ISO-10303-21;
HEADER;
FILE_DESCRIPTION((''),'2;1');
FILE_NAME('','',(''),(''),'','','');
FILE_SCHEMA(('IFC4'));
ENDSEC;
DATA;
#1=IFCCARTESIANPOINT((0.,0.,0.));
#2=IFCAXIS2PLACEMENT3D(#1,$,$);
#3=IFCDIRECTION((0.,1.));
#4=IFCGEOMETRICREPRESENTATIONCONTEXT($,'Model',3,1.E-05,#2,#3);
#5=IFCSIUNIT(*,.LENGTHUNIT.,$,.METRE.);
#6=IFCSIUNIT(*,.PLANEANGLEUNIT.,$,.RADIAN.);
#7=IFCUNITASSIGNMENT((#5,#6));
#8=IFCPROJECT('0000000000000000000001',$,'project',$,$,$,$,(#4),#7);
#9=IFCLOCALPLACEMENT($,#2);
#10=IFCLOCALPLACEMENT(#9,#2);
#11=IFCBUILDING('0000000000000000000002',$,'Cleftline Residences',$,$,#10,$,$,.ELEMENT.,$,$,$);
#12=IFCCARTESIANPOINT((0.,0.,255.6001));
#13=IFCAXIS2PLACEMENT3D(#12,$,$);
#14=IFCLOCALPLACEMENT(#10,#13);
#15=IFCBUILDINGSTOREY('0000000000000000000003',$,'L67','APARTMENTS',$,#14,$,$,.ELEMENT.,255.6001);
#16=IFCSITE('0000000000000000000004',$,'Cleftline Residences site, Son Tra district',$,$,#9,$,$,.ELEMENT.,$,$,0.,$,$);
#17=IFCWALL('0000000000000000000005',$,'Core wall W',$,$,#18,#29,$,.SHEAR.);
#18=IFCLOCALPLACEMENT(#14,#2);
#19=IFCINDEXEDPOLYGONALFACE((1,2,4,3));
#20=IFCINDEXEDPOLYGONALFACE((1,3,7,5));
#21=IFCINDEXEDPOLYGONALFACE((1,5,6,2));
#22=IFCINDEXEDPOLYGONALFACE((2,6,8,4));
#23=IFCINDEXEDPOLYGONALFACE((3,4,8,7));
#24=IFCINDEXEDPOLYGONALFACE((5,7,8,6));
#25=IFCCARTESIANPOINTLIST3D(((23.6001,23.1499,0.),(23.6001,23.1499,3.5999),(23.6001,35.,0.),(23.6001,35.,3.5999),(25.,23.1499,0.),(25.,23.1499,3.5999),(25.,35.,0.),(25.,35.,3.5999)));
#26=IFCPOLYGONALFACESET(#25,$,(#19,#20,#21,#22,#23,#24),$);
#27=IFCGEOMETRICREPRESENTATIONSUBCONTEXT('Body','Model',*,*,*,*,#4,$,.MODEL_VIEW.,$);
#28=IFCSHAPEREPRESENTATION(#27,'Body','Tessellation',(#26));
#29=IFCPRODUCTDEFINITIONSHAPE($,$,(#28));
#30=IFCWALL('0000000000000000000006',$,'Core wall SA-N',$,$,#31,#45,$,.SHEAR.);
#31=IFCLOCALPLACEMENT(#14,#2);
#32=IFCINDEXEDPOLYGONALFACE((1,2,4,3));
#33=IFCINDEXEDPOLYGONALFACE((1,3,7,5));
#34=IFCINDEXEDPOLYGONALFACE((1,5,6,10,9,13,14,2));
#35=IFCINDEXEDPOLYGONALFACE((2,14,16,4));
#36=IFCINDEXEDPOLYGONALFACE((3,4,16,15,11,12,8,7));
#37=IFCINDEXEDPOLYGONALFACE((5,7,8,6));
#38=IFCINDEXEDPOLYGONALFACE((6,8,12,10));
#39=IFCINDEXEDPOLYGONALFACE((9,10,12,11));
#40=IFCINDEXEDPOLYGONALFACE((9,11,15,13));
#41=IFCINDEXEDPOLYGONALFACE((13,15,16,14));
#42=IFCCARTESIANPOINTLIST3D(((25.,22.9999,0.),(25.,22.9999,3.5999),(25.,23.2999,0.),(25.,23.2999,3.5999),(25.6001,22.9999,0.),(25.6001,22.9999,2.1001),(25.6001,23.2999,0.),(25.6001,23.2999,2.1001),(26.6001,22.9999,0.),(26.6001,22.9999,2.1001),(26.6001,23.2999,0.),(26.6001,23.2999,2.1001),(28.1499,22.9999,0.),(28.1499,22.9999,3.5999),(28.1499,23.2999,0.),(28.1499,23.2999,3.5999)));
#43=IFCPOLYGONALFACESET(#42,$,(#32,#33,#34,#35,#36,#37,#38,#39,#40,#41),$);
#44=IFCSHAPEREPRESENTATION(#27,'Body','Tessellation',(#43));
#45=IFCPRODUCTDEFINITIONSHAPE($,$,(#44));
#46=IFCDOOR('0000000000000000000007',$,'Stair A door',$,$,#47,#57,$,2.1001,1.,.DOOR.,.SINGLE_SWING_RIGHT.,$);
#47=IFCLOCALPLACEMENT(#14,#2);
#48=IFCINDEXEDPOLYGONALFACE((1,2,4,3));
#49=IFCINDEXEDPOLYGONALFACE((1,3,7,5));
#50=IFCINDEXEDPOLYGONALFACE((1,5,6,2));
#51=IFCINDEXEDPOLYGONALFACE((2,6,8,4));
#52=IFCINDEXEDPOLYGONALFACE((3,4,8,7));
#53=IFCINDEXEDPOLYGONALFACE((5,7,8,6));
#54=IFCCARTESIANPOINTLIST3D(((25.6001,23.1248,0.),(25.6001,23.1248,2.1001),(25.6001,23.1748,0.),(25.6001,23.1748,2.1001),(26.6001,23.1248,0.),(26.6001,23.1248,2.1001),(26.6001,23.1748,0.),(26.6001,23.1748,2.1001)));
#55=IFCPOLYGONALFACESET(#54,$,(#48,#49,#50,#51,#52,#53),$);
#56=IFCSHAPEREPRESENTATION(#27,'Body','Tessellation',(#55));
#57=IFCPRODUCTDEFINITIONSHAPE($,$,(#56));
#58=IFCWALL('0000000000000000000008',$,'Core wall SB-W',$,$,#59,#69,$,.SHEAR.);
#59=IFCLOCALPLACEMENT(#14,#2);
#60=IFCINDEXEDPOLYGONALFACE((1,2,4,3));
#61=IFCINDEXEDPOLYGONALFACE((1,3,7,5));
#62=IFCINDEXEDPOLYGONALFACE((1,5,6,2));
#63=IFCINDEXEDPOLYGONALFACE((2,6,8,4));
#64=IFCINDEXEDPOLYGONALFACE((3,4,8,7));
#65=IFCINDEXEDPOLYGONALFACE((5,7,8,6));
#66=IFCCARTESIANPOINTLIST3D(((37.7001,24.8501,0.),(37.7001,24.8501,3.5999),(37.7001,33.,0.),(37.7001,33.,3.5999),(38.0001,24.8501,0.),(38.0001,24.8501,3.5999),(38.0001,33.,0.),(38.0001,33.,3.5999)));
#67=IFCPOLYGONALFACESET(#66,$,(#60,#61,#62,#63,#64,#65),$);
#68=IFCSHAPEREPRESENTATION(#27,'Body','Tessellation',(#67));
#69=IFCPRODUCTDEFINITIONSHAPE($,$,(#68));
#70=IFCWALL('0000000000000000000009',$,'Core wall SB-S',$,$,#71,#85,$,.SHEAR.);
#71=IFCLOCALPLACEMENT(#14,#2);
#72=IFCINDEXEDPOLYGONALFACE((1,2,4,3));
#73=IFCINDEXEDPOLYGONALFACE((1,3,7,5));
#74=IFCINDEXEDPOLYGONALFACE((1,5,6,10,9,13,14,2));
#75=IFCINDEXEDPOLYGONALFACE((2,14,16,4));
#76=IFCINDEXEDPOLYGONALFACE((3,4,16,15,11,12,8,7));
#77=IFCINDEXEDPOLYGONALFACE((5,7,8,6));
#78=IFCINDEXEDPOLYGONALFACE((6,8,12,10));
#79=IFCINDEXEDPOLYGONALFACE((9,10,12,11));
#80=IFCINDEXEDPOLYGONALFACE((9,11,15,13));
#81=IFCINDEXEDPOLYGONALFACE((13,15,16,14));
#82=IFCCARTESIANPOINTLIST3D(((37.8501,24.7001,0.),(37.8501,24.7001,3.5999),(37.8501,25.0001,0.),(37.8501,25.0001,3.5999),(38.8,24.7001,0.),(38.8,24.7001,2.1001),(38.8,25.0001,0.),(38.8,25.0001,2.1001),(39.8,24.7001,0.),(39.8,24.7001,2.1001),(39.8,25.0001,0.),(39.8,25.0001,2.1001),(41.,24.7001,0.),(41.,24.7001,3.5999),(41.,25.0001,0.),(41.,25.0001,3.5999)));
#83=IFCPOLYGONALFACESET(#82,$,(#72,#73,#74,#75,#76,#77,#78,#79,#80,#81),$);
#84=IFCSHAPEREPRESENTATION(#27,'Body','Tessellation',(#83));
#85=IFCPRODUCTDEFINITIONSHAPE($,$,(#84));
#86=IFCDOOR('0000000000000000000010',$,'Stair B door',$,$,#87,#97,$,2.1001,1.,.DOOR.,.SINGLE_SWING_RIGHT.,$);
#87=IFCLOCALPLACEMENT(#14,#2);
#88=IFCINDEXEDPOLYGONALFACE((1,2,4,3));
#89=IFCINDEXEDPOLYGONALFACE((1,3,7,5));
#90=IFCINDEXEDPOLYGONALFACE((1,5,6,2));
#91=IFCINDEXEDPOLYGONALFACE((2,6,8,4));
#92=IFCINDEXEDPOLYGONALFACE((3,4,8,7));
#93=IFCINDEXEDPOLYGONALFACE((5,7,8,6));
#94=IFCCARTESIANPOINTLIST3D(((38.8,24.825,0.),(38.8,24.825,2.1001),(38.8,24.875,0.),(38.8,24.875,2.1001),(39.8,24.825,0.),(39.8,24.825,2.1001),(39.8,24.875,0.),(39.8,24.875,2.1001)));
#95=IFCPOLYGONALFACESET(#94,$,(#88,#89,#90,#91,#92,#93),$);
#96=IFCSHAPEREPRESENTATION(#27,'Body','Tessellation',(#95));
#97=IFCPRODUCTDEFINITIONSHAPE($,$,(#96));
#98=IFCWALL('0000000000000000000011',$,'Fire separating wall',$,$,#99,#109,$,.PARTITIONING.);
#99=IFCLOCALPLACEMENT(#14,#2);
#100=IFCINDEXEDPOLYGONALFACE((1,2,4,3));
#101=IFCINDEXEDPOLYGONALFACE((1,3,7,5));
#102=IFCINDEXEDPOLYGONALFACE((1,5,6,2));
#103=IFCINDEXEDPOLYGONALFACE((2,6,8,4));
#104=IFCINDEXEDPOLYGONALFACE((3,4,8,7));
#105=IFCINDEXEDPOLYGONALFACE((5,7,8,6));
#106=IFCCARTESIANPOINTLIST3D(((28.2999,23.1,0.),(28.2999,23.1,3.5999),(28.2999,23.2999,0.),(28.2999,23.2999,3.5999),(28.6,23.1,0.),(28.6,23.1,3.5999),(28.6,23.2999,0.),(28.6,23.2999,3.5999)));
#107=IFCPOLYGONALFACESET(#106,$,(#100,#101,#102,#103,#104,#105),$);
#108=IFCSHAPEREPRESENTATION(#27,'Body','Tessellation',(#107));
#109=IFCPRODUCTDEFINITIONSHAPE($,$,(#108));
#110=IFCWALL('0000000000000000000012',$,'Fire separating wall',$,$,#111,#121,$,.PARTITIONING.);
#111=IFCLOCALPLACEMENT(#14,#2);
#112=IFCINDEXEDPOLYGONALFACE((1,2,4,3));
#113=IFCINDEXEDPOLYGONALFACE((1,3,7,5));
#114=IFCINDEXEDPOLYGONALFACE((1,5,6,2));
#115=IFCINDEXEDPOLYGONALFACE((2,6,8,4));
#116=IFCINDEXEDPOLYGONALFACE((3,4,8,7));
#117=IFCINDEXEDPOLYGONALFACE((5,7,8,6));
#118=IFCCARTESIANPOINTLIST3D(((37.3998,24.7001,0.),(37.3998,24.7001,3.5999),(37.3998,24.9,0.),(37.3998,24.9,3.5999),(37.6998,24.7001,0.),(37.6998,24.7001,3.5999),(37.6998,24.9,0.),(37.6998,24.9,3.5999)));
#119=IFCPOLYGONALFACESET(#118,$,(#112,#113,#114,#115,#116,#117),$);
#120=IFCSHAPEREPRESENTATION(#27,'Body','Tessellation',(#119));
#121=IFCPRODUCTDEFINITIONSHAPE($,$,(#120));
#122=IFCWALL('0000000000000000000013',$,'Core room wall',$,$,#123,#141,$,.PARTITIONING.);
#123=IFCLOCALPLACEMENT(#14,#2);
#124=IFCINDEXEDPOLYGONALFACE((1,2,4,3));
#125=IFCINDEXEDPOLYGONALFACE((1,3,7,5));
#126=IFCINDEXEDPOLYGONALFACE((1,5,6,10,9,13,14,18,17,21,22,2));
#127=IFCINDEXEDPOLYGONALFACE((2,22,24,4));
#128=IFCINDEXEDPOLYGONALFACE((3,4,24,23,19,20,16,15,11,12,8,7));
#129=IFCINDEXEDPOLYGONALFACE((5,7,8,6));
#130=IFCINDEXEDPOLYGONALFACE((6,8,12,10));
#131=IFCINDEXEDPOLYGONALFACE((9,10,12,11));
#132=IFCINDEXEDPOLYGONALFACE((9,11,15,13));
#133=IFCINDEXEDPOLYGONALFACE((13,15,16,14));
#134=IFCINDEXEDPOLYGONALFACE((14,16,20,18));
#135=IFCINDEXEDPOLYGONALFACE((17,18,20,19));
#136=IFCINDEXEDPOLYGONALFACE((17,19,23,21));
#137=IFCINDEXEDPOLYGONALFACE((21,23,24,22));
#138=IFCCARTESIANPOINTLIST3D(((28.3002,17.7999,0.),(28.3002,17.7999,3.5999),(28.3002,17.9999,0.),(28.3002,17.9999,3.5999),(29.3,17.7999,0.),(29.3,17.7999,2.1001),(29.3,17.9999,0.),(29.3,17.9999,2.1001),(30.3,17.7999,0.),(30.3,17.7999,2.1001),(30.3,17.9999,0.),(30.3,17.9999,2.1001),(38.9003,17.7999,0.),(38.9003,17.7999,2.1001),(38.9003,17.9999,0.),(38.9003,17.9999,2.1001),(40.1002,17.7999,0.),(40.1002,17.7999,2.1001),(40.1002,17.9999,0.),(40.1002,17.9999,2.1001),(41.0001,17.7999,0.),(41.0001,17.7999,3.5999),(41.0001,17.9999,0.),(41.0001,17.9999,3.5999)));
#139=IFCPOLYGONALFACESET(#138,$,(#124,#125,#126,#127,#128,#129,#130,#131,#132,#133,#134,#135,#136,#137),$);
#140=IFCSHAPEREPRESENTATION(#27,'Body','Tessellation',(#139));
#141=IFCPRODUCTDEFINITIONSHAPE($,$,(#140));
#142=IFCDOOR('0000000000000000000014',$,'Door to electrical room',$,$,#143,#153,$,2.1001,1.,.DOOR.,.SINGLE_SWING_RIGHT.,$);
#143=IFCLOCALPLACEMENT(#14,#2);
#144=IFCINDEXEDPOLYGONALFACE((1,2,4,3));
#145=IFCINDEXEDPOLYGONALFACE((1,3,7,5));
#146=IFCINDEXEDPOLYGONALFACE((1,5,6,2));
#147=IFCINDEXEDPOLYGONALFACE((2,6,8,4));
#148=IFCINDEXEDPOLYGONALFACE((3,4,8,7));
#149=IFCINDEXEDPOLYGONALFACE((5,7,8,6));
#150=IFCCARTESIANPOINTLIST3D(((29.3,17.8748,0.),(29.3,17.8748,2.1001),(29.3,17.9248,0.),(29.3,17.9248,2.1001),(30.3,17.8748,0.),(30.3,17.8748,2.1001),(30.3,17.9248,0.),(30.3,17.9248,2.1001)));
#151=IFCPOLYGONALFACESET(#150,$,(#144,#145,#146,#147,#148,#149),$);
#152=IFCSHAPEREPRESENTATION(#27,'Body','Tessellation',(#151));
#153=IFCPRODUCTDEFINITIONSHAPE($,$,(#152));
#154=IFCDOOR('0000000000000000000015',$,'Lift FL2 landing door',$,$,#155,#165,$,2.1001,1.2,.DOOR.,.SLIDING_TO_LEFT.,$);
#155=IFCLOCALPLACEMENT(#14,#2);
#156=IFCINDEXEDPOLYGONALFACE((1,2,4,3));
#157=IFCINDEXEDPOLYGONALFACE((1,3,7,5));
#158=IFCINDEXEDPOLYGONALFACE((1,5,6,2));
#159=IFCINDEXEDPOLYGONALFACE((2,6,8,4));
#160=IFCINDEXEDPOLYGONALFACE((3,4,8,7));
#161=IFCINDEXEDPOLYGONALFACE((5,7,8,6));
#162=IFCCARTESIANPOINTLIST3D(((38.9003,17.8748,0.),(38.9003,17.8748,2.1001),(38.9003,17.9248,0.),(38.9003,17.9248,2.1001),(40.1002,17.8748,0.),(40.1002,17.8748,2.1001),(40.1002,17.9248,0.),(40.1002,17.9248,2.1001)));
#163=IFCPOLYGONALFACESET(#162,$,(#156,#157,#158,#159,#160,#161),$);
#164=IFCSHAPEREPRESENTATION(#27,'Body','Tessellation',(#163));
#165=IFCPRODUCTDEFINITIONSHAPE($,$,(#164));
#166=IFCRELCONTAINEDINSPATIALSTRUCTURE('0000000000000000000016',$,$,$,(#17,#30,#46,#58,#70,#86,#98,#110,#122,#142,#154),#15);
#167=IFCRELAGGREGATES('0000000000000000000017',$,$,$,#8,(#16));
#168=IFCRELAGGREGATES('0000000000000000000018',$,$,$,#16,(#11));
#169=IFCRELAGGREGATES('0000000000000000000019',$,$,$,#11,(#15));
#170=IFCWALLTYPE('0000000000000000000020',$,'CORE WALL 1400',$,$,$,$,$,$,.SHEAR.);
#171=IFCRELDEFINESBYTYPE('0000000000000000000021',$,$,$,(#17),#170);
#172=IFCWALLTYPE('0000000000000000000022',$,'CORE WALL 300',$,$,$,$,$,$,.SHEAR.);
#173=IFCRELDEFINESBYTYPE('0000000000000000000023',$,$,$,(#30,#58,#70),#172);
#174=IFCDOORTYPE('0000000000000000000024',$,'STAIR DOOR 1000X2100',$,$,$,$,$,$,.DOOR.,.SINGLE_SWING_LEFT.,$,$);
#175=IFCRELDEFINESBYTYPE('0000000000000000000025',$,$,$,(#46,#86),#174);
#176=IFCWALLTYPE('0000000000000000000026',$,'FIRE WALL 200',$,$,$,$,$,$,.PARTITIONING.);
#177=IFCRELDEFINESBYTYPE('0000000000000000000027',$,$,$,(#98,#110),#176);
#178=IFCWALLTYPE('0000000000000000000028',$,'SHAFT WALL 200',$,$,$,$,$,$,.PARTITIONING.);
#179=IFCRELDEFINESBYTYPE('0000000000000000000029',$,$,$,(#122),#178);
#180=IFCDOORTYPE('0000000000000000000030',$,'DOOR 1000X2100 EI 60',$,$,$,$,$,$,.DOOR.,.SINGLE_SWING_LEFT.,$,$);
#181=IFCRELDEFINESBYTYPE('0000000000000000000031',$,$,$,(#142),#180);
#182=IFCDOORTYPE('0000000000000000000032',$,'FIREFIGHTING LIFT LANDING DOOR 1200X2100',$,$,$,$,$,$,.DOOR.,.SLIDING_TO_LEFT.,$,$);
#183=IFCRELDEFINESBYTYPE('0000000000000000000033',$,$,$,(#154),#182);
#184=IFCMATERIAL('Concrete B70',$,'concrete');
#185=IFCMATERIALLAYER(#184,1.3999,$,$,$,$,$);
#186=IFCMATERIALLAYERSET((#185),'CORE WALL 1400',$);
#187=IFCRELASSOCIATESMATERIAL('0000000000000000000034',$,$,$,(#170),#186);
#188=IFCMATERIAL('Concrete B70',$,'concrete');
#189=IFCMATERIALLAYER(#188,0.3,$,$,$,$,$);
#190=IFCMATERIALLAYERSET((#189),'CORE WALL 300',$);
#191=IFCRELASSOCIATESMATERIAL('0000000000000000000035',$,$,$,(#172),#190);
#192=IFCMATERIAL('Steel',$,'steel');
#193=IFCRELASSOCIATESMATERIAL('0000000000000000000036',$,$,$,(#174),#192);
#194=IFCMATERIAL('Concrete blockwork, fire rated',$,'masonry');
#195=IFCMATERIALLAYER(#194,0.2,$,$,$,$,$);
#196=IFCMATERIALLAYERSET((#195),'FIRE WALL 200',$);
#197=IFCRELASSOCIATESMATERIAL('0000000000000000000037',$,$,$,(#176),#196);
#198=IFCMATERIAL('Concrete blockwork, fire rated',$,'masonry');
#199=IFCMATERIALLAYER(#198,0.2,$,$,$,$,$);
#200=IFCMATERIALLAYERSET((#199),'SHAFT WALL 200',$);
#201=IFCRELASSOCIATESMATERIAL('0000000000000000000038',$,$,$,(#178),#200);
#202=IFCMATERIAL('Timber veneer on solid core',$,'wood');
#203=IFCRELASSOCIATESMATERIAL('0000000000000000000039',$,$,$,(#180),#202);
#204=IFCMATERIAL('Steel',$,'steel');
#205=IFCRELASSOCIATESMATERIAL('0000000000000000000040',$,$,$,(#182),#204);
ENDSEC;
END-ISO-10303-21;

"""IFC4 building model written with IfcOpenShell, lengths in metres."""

from ifc_helpers import new_model, si_unit, direction, frame, frame_2d, origin, place, context, subcontext, project, spatial, rectangle, extrude, material, layer, layer_set, type_object, element, fill, save


model = new_model("IFC4")

# Units and contexts
model_context = context("Model", 3, precision=1e-05, world=origin(), true_north=direction((0.0, 1.0)))
body_context = subcontext(model_context, "Body", "Model", "MODEL_VIEW")
ifc_project = project(units=[si_unit("LENGTHUNIT", "METRE"), si_unit("PLANEANGLEUNIT", "RADIAN")], contexts=[model_context])

# Site, building, storey
site_placement = place(None, origin())
site = spatial("IfcSite", under=ifc_project, at=site_placement, Name="Cleftline Residences site, Son Tra district", CompositionType="ELEMENT", RefElevation=0.0)
building_placement = place(site_placement, origin())
building = spatial("IfcBuilding", under=site, at=building_placement, Name="Cleftline Residences", CompositionType="ELEMENT")
storey_placement = place(building_placement, frame((0.0, 0.0, 255.6001)))
storey = spatial("IfcBuildingStorey", under=building, at=storey_placement, Name="L67", Description="APARTMENTS", CompositionType="ELEMENT", Elevation=255.6001)

# Wall
ifc_material_1 = material(Name="Concrete B70", Category="concrete")
ifc_layer_1 = layer(ifc_material_1, 1.3999)
ifc_layer_set_1 = layer_set([ifc_layer_1], Name="CORE WALL 1400")
wall_type_1 = type_object("IfcWallType", Name="CORE WALL 1400", PredefinedType="SHEAR", material=ifc_layer_set_1)
wall_1_placement = place(storey_placement, frame((24.3, 23.1499, 0.0), z_axis=(0.0, 0.0, 1.0), x_axis=(0.0, 1.0, 0.0)))
element("IfcWall", 1, at=wall_1_placement, inside=storey, type_object=wall_type_1, Name="Core wall W", PredefinedType="SHEAR", context=body_context, shape_type="SweptSolid", body=[
    extrude(rectangle(XDim=11.8501, YDim=1.3999, at=frame_2d((5.925, 0.0))), origin(), (0.0, 0.0, 1.0), 3.5999),
])

# Wall, opening, door
ifc_material_2 = material(Name="Concrete B70", Category="concrete")
ifc_layer_2 = layer(ifc_material_2, 0.3)
ifc_layer_set_2 = layer_set([ifc_layer_2], Name="CORE WALL 300")
wall_type_2 = type_object("IfcWallType", Name="CORE WALL 300", PredefinedType="SHEAR", material=ifc_layer_set_2)
wall_2_placement = place(storey_placement, frame((25.0, 23.1499, 0.0), z_axis=(0.0, 0.0, 1.0), x_axis=(1.0, 0.0, 0.0)))
wall_2 = element("IfcWall", 2, at=wall_2_placement, inside=storey, type_object=wall_type_2, Name="Core wall SA-N", PredefinedType="SHEAR", context=body_context, shape_type="SweptSolid", body=[
    extrude(rectangle(XDim=3.1499, YDim=0.3, at=frame_2d((1.575, 0.0))), origin(), (0.0, 0.0, 1.0), 3.5999),
])
opening_1_placement = place(wall_2_placement, frame((0.6001, 0.0, 0.0)))
opening_1 = element("IfcOpeningElement", 3, at=opening_1_placement, cuts=wall_2, PredefinedType="OPENING", context=body_context, shape_type="SweptSolid", body=[
    extrude(rectangle(XDim=1.0, YDim=2.1001, at=frame_2d((0.5, 1.05))), frame((0.0, 0.1599, 0.0), z_axis=(0.0, -1.0, 0.0), x_axis=(1.0, 0.0, 0.0)), (0.0, 0.0, 1.0), 0.3201),
])
ifc_material_3 = material(Name="Steel", Category="steel")
door_type_1 = type_object("IfcDoorType", Name="STAIR DOOR 1000X2100", OperationType="SINGLE_SWING_LEFT", PredefinedType="DOOR", material=ifc_material_3)
door_1_placement = place(opening_1_placement, origin())
door_1 = element("IfcDoor", 4, at=door_1_placement, inside=storey, type_object=door_type_1, Name="Stair A door", OperationType="SINGLE_SWING_RIGHT", OverallHeight=2.1001, OverallWidth=1.0, PredefinedType="DOOR", context=body_context, shape_type="SweptSolid", body=[
    extrude(rectangle(XDim=1.0, YDim=2.1001, at=frame_2d((0.5, 1.05))), frame((0.0, 0.0249, 0.0), z_axis=(0.0, -1.0, 0.0), x_axis=(1.0, 0.0, 0.0)), (0.0, 0.0, 1.0), 0.05),
])
fill(opening_1, door_1)

# Wall
wall_3_placement = place(storey_placement, frame((37.8501, 24.8501, 0.0), z_axis=(0.0, 0.0, 1.0), x_axis=(0.0, 1.0, 0.0)))
element("IfcWall", 5, at=wall_3_placement, inside=storey, type_object=wall_type_2, Name="Core wall SB-W", PredefinedType="SHEAR", context=body_context, shape_type="SweptSolid", body=[
    extrude(rectangle(XDim=8.1499, YDim=0.3, at=frame_2d((4.075, 0.0))), origin(), (0.0, 0.0, 1.0), 3.5999),
])

# Wall, opening, door
wall_4_placement = place(storey_placement, frame((37.8501, 24.8501, 0.0), z_axis=(0.0, 0.0, 1.0), x_axis=(1.0, 0.0, 0.0)))
wall_4 = element("IfcWall", 6, at=wall_4_placement, inside=storey, type_object=wall_type_2, Name="Core wall SB-S", PredefinedType="SHEAR", context=body_context, shape_type="SweptSolid", body=[
    extrude(rectangle(XDim=3.1499, YDim=0.3, at=frame_2d((1.575, 0.0))), origin(), (0.0, 0.0, 1.0), 3.5999),
])
opening_2_placement = place(wall_4_placement, frame((0.95, 0.0, 0.0)))
opening_2 = element("IfcOpeningElement", 7, at=opening_2_placement, cuts=wall_4, PredefinedType="OPENING", context=body_context, shape_type="SweptSolid", body=[
    extrude(rectangle(XDim=1.0, YDim=2.1001, at=frame_2d((0.5, 1.05))), frame((0.0, 0.1599, 0.0), z_axis=(0.0, -1.0, 0.0), x_axis=(1.0, 0.0, 0.0)), (0.0, 0.0, 1.0), 0.3201),
])
door_2_placement = place(opening_2_placement, origin())
door_2 = element("IfcDoor", 8, at=door_2_placement, inside=storey, type_object=door_type_1, Name="Stair B door", OperationType="SINGLE_SWING_RIGHT", OverallHeight=2.1001, OverallWidth=1.0, PredefinedType="DOOR", context=body_context, shape_type="SweptSolid", body=[
    extrude(rectangle(XDim=1.0, YDim=2.1001, at=frame_2d((0.5, 1.05))), frame((0.0, 0.0249, 0.0), z_axis=(0.0, -1.0, 0.0), x_axis=(1.0, 0.0, 0.0)), (0.0, 0.0, 1.0), 0.05),
])
fill(opening_2, door_2)

# Walls
ifc_material_4 = material(Name="Concrete blockwork, fire rated", Category="masonry")
ifc_layer_3 = layer(ifc_material_4, 0.2)
ifc_layer_set_3 = layer_set([ifc_layer_3], Name="FIRE WALL 200")
wall_type_3 = type_object("IfcWallType", Name="FIRE WALL 200", PredefinedType="PARTITIONING", material=ifc_layer_set_3)
for number, where, z_axis, x_axis, name in (
    (9, (28.3, 23.2, 0.0), (0.0, 0.0, 1.0), (1.0, 0.0, 0.0), "Fire separating wall"),
    (10, (37.3999, 24.8, 0.0), (0.0, 0.0, 1.0), (1.0, 0.0, 0.0), "Fire separating wall"),
):
    element("IfcWall", number, at=place(storey_placement, frame(where, z_axis=z_axis, x_axis=x_axis)), inside=storey, type_object=wall_type_3, Name=name, PredefinedType="PARTITIONING", context=body_context, shape_type="SweptSolid", body=[
        extrude(rectangle(XDim=0.3, YDim=0.2, at=frame_2d((0.1499, 0.0))), origin(), (0.0, 0.0, 1.0), 3.5999),
    ])

# Wall, openings, doors
ifc_material_5 = material(Name="Concrete blockwork, fire rated", Category="masonry")
ifc_layer_4 = layer(ifc_material_5, 0.2)
ifc_layer_set_4 = layer_set([ifc_layer_4], Name="SHAFT WALL 200")
wall_type_4 = type_object("IfcWallType", Name="SHAFT WALL 200", PredefinedType="PARTITIONING", material=ifc_layer_set_4)
wall_5_placement = place(storey_placement, frame((28.3, 17.8999, 0.0), z_axis=(0.0, 0.0, 1.0), x_axis=(1.0, 0.0, 0.0)))
wall_5 = element("IfcWall", 11, at=wall_5_placement, inside=storey, type_object=wall_type_4, Name="Core room wall", PredefinedType="PARTITIONING", context=body_context, shape_type="SweptSolid", body=[
    extrude(rectangle(XDim=12.7, YDim=0.2, at=frame_2d((6.3501, 0.0))), origin(), (0.0, 0.0, 1.0), 3.5999),
])
opening_3_placement = place(wall_5_placement, frame((1.0, 0.0, 0.0)))
opening_3 = element("IfcOpeningElement", 12, at=opening_3_placement, cuts=wall_5, PredefinedType="OPENING", context=body_context, shape_type="SweptSolid", body=[
    extrude(rectangle(XDim=1.0, YDim=2.1001, at=frame_2d((0.5, 1.05))), frame((0.0, 0.1099, 0.0), z_axis=(0.0, -1.0, 0.0), x_axis=(1.0, 0.0, 0.0)), (0.0, 0.0, 1.0), 0.22),
])
opening_4_placement = place(wall_5_placement, frame((10.6001, 0.0, 0.0)))
opening_4 = element("IfcOpeningElement", 13, at=opening_4_placement, cuts=wall_5, PredefinedType="OPENING", context=body_context, shape_type="SweptSolid", body=[
    extrude(rectangle(XDim=1.2, YDim=2.1001, at=frame_2d((0.6001, 1.05))), frame((0.0, 0.1099, 0.0), z_axis=(0.0, -1.0, 0.0), x_axis=(1.0, 0.0, 0.0)), (0.0, 0.0, 1.0), 0.22),
])
ifc_material_6 = material(Name="Timber veneer on solid core", Category="wood")
door_type_2 = type_object("IfcDoorType", Name="DOOR 1000X2100 EI 60", OperationType="SINGLE_SWING_LEFT", PredefinedType="DOOR", material=ifc_material_6)
door_3_placement = place(opening_3_placement, origin())
door_3 = element("IfcDoor", 14, at=door_3_placement, inside=storey, type_object=door_type_2, Name="Door to electrical room", OperationType="SINGLE_SWING_RIGHT", OverallHeight=2.1001, OverallWidth=1.0, PredefinedType="DOOR", context=body_context, shape_type="SweptSolid", body=[
    extrude(rectangle(XDim=1.0, YDim=2.1001, at=frame_2d((0.5, 1.05))), frame((0.0, 0.0249, 0.0), z_axis=(0.0, -1.0, 0.0), x_axis=(1.0, 0.0, 0.0)), (0.0, 0.0, 1.0), 0.05),
])
fill(opening_3, door_3)
ifc_material_7 = material(Name="Steel", Category="steel")
door_type_3 = type_object("IfcDoorType", Name="FIREFIGHTING LIFT LANDING DOOR 1200X2100", OperationType="SLIDING_TO_LEFT", PredefinedType="DOOR", material=ifc_material_7)
door_4_placement = place(opening_4_placement, origin())
door_4 = element("IfcDoor", 15, at=door_4_placement, inside=storey, type_object=door_type_3, Name="Lift FL2 landing door", OperationType="SLIDING_TO_LEFT", OverallHeight=2.1001, OverallWidth=1.2, PredefinedType="DOOR", context=body_context, shape_type="SweptSolid", body=[
    extrude(rectangle(XDim=1.2, YDim=2.1001, at=frame_2d((0.6001, 1.05))), frame((0.0, 0.0249, 0.0), z_axis=(0.0, -1.0, 0.0), x_axis=(1.0, 0.0, 0.0)), (0.0, 0.0, 1.0), 0.05),
])
fill(opening_4, door_4)

save(model, "model.ifc")
